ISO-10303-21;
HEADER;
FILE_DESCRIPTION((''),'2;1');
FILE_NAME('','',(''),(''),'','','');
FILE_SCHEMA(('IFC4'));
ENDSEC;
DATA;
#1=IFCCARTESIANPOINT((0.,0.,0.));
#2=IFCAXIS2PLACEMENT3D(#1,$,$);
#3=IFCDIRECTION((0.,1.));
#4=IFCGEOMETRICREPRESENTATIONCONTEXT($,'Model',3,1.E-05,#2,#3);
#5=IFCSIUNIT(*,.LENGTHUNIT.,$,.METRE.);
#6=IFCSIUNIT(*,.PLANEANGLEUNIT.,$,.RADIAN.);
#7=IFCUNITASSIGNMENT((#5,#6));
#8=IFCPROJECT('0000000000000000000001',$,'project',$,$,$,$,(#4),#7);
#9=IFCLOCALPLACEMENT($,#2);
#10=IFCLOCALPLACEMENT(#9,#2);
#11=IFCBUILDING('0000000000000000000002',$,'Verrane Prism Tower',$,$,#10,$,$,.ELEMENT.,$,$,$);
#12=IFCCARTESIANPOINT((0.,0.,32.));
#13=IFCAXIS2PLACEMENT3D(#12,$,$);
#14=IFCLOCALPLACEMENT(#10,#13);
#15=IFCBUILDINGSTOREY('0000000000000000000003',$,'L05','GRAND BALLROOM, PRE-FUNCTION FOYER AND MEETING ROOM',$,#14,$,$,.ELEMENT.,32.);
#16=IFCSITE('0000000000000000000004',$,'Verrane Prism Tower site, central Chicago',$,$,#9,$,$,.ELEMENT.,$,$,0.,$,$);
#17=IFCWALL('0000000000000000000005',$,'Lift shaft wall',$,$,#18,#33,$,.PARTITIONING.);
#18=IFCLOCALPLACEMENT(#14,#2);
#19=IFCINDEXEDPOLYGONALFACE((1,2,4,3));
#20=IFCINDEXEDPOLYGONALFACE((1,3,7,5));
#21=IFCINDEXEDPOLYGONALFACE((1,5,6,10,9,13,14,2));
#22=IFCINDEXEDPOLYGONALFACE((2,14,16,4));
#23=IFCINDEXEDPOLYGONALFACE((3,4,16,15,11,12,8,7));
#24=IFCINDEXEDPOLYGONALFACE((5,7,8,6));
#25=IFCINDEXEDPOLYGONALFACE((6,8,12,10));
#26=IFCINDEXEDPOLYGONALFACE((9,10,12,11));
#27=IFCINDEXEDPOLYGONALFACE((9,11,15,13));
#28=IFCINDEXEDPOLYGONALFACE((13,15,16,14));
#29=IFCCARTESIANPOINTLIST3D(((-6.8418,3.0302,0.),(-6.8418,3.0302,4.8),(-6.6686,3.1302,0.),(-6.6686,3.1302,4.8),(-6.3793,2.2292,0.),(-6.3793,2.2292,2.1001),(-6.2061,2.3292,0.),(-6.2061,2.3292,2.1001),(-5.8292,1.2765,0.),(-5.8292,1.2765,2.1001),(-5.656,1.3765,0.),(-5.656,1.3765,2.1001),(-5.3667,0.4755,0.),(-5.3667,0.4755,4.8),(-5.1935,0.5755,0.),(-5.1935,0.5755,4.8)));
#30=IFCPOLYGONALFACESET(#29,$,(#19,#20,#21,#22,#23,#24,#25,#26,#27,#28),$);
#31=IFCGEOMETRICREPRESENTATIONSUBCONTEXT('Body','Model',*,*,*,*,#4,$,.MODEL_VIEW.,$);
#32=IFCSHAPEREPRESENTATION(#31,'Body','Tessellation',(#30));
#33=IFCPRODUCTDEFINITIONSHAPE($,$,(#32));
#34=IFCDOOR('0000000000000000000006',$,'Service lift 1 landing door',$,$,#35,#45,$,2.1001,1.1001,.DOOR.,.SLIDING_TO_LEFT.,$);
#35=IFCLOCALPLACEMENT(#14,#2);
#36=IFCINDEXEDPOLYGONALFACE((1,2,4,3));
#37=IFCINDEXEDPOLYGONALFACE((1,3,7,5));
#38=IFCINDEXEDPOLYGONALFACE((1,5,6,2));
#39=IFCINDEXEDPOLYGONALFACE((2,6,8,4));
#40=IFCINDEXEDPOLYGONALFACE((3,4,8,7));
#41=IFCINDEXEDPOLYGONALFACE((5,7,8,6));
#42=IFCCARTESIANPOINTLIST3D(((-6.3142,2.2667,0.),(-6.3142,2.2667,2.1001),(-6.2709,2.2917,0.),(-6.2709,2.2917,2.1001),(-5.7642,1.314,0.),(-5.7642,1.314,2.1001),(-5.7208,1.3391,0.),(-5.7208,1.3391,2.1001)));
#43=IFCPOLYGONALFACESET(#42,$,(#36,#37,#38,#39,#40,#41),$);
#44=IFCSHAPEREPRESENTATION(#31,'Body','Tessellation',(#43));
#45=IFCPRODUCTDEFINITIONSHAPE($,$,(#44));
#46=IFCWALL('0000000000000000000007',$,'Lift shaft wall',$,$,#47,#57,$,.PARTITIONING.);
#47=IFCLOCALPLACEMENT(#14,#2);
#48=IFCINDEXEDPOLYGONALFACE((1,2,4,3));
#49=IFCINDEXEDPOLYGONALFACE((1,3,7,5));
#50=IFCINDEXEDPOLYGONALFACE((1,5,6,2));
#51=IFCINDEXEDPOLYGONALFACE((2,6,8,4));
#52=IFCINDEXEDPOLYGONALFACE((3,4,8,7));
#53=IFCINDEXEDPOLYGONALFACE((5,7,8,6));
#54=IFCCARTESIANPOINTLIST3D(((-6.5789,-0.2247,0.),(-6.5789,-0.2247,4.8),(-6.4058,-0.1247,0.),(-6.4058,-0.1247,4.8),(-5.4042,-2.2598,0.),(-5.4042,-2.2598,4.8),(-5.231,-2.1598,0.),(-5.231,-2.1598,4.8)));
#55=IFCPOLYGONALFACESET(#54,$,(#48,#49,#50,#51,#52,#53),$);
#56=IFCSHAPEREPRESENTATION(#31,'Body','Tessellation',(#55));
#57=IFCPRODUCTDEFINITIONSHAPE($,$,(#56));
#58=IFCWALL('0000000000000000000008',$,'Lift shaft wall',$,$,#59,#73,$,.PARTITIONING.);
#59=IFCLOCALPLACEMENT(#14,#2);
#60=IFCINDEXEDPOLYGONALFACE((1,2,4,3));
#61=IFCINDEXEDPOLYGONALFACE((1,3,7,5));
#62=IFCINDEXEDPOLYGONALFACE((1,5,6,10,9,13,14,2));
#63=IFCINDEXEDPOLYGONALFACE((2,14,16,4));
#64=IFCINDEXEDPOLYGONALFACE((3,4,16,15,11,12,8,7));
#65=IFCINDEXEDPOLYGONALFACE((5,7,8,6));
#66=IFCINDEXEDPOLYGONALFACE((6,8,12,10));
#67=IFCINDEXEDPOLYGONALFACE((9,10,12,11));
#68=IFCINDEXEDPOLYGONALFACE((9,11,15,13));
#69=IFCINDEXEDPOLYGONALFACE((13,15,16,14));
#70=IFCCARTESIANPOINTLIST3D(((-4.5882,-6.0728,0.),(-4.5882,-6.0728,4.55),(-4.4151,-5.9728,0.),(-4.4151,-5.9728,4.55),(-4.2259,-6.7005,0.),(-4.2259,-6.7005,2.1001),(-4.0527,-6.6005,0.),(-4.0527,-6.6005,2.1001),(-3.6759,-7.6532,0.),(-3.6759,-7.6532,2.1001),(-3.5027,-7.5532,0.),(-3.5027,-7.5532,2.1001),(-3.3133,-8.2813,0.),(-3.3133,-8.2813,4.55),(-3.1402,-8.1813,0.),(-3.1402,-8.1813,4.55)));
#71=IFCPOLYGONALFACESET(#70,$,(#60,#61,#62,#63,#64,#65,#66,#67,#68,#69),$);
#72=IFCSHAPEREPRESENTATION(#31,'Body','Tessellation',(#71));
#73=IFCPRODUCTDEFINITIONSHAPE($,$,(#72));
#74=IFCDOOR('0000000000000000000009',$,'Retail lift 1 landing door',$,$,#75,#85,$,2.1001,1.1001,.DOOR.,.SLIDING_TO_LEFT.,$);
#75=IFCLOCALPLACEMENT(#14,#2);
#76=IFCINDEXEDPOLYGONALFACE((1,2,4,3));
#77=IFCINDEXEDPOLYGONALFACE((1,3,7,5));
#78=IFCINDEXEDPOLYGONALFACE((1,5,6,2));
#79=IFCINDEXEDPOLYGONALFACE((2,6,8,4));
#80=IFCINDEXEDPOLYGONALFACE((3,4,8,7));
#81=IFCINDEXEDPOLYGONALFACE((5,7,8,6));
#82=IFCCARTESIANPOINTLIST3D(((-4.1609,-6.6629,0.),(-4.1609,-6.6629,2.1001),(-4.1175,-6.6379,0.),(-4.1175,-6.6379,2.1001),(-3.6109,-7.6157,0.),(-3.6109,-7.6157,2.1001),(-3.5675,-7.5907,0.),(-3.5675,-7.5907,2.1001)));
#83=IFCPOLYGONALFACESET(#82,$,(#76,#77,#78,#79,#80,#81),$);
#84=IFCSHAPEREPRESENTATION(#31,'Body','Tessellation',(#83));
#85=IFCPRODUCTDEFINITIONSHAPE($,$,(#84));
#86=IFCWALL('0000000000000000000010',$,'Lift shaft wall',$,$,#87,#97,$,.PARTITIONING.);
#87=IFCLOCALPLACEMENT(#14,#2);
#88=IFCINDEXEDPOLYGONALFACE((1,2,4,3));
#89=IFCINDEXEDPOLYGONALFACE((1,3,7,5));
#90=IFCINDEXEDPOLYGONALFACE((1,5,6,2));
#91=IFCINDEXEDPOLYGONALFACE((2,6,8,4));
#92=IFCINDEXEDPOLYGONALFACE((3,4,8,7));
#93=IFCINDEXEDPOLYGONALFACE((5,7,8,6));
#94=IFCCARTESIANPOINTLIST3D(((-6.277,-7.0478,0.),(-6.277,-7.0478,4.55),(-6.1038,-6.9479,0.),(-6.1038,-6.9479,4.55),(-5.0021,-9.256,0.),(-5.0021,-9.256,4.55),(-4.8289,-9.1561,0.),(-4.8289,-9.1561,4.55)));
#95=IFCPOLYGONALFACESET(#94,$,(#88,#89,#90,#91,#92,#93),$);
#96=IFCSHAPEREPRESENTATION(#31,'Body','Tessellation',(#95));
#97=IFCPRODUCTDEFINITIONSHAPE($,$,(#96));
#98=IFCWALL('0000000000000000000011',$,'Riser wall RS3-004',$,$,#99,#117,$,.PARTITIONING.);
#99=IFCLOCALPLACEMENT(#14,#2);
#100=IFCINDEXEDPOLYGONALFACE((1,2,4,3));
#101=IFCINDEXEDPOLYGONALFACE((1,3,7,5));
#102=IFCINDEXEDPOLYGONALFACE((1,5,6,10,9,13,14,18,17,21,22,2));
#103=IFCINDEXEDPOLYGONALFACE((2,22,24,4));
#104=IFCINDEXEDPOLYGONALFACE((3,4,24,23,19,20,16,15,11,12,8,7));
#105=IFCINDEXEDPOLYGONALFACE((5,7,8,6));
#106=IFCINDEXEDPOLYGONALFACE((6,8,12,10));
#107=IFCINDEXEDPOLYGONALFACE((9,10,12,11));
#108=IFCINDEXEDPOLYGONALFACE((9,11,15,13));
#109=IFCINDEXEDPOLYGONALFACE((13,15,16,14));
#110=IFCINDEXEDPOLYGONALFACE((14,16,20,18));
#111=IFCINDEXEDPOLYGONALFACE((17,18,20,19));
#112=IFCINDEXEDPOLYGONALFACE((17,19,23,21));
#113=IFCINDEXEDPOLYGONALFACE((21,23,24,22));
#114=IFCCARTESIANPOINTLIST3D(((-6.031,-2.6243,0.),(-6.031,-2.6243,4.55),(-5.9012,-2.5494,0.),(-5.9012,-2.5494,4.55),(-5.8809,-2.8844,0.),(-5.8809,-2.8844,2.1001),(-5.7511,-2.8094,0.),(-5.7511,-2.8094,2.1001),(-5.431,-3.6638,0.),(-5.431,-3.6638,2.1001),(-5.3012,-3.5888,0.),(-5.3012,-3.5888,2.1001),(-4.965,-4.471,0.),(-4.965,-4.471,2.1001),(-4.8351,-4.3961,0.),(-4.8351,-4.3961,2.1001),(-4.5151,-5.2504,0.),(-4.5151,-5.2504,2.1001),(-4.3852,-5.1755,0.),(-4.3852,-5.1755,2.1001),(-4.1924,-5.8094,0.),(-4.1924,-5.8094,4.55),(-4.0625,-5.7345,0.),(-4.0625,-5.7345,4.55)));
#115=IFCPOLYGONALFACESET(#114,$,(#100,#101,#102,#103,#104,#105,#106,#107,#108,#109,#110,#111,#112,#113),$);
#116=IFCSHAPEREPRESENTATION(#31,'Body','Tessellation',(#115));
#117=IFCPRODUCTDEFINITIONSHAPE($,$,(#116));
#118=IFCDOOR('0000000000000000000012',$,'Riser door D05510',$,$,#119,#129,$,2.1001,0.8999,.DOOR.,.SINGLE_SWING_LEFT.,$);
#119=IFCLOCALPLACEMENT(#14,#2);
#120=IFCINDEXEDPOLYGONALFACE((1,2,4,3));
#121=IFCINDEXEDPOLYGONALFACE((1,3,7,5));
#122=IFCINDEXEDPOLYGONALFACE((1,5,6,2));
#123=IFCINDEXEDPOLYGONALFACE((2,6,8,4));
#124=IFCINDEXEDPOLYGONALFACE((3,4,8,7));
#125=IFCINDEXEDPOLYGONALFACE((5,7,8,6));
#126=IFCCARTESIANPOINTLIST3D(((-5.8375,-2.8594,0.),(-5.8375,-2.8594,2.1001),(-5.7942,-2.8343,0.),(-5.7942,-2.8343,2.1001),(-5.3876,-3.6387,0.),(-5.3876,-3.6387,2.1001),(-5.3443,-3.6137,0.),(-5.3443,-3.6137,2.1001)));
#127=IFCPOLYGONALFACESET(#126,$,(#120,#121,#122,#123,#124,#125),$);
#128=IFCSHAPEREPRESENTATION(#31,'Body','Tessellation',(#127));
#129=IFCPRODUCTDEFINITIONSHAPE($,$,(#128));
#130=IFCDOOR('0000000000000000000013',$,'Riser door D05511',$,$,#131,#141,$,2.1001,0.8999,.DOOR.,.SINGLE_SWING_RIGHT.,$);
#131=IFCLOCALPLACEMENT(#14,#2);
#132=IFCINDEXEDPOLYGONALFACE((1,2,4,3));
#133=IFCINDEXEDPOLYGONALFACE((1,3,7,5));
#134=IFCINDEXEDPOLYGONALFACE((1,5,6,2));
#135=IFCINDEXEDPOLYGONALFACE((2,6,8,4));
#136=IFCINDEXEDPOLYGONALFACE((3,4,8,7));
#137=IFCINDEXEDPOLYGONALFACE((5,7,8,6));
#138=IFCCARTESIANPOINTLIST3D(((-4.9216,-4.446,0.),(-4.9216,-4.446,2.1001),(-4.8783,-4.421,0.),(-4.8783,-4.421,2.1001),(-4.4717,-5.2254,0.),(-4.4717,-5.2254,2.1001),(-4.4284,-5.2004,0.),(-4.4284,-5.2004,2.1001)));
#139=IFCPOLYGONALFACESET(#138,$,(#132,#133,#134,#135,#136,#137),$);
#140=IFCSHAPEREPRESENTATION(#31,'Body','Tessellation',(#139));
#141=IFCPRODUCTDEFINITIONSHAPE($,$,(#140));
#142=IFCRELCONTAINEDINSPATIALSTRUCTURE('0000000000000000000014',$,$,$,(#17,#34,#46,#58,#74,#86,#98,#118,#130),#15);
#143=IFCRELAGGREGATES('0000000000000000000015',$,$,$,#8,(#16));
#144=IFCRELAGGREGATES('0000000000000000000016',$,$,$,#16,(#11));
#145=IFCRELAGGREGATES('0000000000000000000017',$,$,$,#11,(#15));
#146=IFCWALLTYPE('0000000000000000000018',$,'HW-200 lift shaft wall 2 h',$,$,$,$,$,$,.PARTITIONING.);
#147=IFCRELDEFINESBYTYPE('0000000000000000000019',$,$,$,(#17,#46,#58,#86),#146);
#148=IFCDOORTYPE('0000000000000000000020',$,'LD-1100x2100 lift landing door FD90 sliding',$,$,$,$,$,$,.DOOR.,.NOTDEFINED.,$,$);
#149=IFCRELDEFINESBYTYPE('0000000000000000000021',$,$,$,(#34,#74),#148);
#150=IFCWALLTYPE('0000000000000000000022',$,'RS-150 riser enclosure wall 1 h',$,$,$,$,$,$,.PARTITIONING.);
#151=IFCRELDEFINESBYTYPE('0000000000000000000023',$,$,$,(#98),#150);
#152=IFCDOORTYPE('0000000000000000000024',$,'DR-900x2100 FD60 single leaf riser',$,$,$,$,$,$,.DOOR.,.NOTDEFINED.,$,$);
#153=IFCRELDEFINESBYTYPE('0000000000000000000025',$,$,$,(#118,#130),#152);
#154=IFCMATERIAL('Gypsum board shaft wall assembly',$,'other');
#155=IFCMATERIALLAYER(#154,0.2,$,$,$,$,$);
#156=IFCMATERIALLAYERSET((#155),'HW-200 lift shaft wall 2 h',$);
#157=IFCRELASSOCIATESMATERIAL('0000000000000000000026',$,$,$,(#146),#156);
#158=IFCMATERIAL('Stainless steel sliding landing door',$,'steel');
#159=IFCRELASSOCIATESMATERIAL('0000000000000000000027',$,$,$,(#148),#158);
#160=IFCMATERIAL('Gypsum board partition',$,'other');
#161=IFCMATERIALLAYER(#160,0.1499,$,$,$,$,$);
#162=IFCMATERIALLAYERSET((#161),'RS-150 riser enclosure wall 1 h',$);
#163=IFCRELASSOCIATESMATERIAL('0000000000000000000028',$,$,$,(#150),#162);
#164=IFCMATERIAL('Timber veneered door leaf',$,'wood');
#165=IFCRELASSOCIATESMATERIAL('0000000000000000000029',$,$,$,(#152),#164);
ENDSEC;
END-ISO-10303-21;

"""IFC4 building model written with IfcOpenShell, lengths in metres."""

from ifc_helpers import new_model, si_unit, direction, frame, frame_2d, origin, place, context, subcontext, project, spatial, rectangle, extrude, material, layer, layer_set, type_object, element, fill, save


model = new_model("IFC4")

# Units and contexts
model_context = context("Model", 3, precision=1e-05, world=origin(), true_north=direction((0.0, 1.0)))
body_context = subcontext(model_context, "Body", "Model", "MODEL_VIEW")
ifc_project = project(units=[si_unit("LENGTHUNIT", "METRE"), si_unit("PLANEANGLEUNIT", "RADIAN")], contexts=[model_context])

# Site, building, storey
site_placement = place(None, origin())
site = spatial("IfcSite", under=ifc_project, at=site_placement, Name="Verrane Prism Tower site, central Chicago", CompositionType="ELEMENT", RefElevation=0.0)
building_placement = place(site_placement, origin())
building = spatial("IfcBuilding", under=site, at=building_placement, Name="Verrane Prism Tower", CompositionType="ELEMENT")
storey_placement = place(building_placement, frame((0.0, 0.0, 32.0)))
storey = spatial("IfcBuildingStorey", under=building, at=storey_placement, Name="L05", Description="GRAND BALLROOM, PRE-FUNCTION FOYER AND MEETING ROOM", CompositionType="ELEMENT", Elevation=32.0)

# Shared definitions
ifc_material_1 = material(Name="Gypsum board shaft wall assembly", Category="other")
ifc_layer_1 = layer(ifc_material_1, 0.2)
ifc_layer_set_1 = layer_set([ifc_layer_1], Name="HW-200 lift shaft wall 2 h")
wall_type_1 = type_object("IfcWallType", Name="HW-200 lift shaft wall 2 h", PredefinedType="PARTITIONING", material=ifc_layer_set_1)

# Wall, opening, door
wall_1_placement = place(storey_placement, frame((-5.28, 0.5254, 0.0), z_axis=(0.0, 0.0, 1.0), x_axis=(-0.500038, 0.866004, 0.0)))
wall_1 = element("IfcWall", 1, at=wall_1_placement, inside=storey, type_object=wall_type_1, Name="Lift shaft wall", PredefinedType="PARTITIONING", context=body_context, shape_type="SweptSolid", body=[
    extrude(rectangle(XDim=2.95, YDim=0.2, at=frame_2d((1.4751, 0.0))), origin(), (0.0, 0.0, 1.0), 4.8),
])
opening_1_placement = place(wall_1_placement, frame((0.925, 0.0, 0.0)))
opening_1 = element("IfcOpeningElement", 2, at=opening_1_placement, cuts=wall_1, PredefinedType="OPENING", context=body_context, shape_type="SweptSolid", body=[
    extrude(rectangle(XDim=1.1001, YDim=2.1001, at=frame_2d((0.55, 1.05))), frame((0.0, 0.1099, 0.0), z_axis=(0.0, -1.0, 0.0), x_axis=(1.0, 0.0, 0.0)), (0.0, 0.0, 1.0), 0.22),
])
ifc_material_2 = material(Name="Stainless steel sliding landing door", Category="steel")
door_type_1 = type_object("IfcDoorType", Name="LD-1100x2100 lift landing door FD90 sliding", OperationType="NOTDEFINED", PredefinedType="DOOR", material=ifc_material_2)
door_1_placement = place(opening_1_placement, origin())
door_1 = element("IfcDoor", 3, at=door_1_placement, inside=storey, type_object=door_type_1, Name="Service lift 1 landing door", OperationType="SLIDING_TO_LEFT", OverallHeight=2.1001, OverallWidth=1.1001, PredefinedType="DOOR", context=body_context, shape_type="SweptSolid", body=[
    extrude(rectangle(XDim=1.1001, YDim=2.1001, at=frame_2d((0.55, 1.05))), frame((0.0, 0.0249, 0.0), z_axis=(0.0, -1.0, 0.0), x_axis=(1.0, 0.0, 0.0)), (0.0, 0.0, 1.0), 0.05),
])
fill(opening_1, door_1)

# Wall
wall_2_placement = place(storey_placement, frame((-5.3176, -2.2097, 0.0), z_axis=(0.0, 0.0, 1.0), x_axis=(-0.499938, 0.866061, 0.0)))
element("IfcWall", 4, at=wall_2_placement, inside=storey, type_object=wall_type_1, Name="Lift shaft wall", PredefinedType="PARTITIONING", context=body_context, shape_type="SweptSolid", body=[
    extrude(rectangle(XDim=2.3499, YDim=0.2, at=frame_2d((1.1748, 0.0))), origin(), (0.0, 0.0, 1.0), 4.8),
])

# Wall, opening, door
wall_3_placement = place(storey_placement, frame((-3.2268, -8.2312, 0.0), z_axis=(0.0, 0.0, 1.0), x_axis=(-0.499949, 0.866055, 0.0)))
wall_3 = element("IfcWall", 5, at=wall_3_placement, inside=storey, type_object=wall_type_1, Name="Lift shaft wall", PredefinedType="PARTITIONING", context=body_context, shape_type="SweptSolid", body=[
    extrude(rectangle(XDim=2.55, YDim=0.2, at=frame_2d((1.2749, 0.0))), origin(), (0.0, 0.0, 1.0), 4.55),
])
opening_2_placement = place(wall_3_placement, frame((0.7251, 0.0, 0.0)))
opening_2 = element("IfcOpeningElement", 6, at=opening_2_placement, cuts=wall_3, PredefinedType="OPENING", context=body_context, shape_type="SweptSolid", body=[
    extrude(rectangle(XDim=1.1001, YDim=2.1001, at=frame_2d((0.55, 1.05))), frame((0.0, 0.1099, 0.0), z_axis=(0.0, -1.0, 0.0), x_axis=(1.0, 0.0, 0.0)), (0.0, 0.0, 1.0), 0.22),
])
door_2_placement = place(opening_2_placement, origin())
door_2 = element("IfcDoor", 7, at=door_2_placement, inside=storey, type_object=door_type_1, Name="Retail lift 1 landing door", OperationType="SLIDING_TO_LEFT", OverallHeight=2.1001, OverallWidth=1.1001, PredefinedType="DOOR", context=body_context, shape_type="SweptSolid", body=[
    extrude(rectangle(XDim=1.1001, YDim=2.1001, at=frame_2d((0.55, 1.05))), frame((0.0, 0.0249, 0.0), z_axis=(0.0, -1.0, 0.0), x_axis=(1.0, 0.0, 0.0)), (0.0, 0.0, 1.0), 0.05),
])
fill(opening_2, door_2)

# Wall
wall_4_placement = place(storey_placement, frame((-4.9155, -9.2061, 0.0), z_axis=(0.0, 0.0, 1.0), x_axis=(-0.49999, 0.866031, 0.0)))
element("IfcWall", 8, at=wall_4_placement, inside=storey, type_object=wall_type_1, Name="Lift shaft wall", PredefinedType="PARTITIONING", context=body_context, shape_type="SweptSolid", body=[
    extrude(rectangle(XDim=2.5498, YDim=0.2, at=frame_2d((1.2749, 0.0))), origin(), (0.0, 0.0, 1.0), 4.55),
])

# Wall, openings, doors
ifc_material_3 = material(Name="Gypsum board partition", Category="other")
ifc_layer_2 = layer(ifc_material_3, 0.1499)
ifc_layer_set_2 = layer_set([ifc_layer_2], Name="RS-150 riser enclosure wall 1 h")
wall_type_2 = type_object("IfcWallType", Name="RS-150 riser enclosure wall 1 h", PredefinedType="PARTITIONING", material=ifc_layer_set_2)
wall_5_placement = place(storey_placement, frame((-4.1274, -5.772, 0.0), z_axis=(0.0, 0.0, 1.0), x_axis=(-0.499945, 0.866057, 0.0)))
wall_5 = element("IfcWall", 9, at=wall_5_placement, inside=storey, type_object=wall_type_2, Name="Riser wall RS3-004", PredefinedType="PARTITIONING", context=body_context, shape_type="SweptSolid", body=[
    extrude(rectangle(XDim=3.6777, YDim=0.1499, at=frame_2d((1.8389, 0.0))), origin(), (0.0, 0.0, 1.0), 4.55),
])
opening_3_placement = place(wall_5_placement, frame((2.4775, 0.0, 0.0)))
opening_3 = element("IfcOpeningElement", 10, at=opening_3_placement, cuts=wall_5, PredefinedType="OPENING", context=body_context, shape_type="SweptSolid", body=[
    extrude(rectangle(XDim=0.8999, YDim=2.1001, at=frame_2d((0.45, 1.05))), frame((0.0, 0.085, 0.0), z_axis=(0.0, -1.0, 0.0), x_axis=(1.0, 0.0, 0.0)), (0.0, 0.0, 1.0), 0.1699),
])
opening_4_placement = place(wall_5_placement, frame((0.6455, 0.0, 0.0)))
opening_4 = element("IfcOpeningElement", 11, at=opening_4_placement, cuts=wall_5, PredefinedType="OPENING", context=body_context, shape_type="SweptSolid", body=[
    extrude(rectangle(XDim=0.8999, YDim=2.1001, at=frame_2d((0.45, 1.05))), frame((0.0, 0.085, 0.0), z_axis=(0.0, -1.0, 0.0), x_axis=(1.0, 0.0, 0.0)), (0.0, 0.0, 1.0), 0.1699),
])
ifc_material_4 = material(Name="Timber veneered door leaf", Category="wood")
door_type_2 = type_object("IfcDoorType", Name="DR-900x2100 FD60 single leaf riser", OperationType="NOTDEFINED", PredefinedType="DOOR", material=ifc_material_4)
door_3_placement = place(opening_3_placement, origin())
door_3 = element("IfcDoor", 12, at=door_3_placement, inside=storey, type_object=door_type_2, Name="Riser door D05510", OperationType="SINGLE_SWING_LEFT", OverallHeight=2.1001, OverallWidth=0.8999, PredefinedType="DOOR", context=body_context, shape_type="SweptSolid", body=[
    extrude(rectangle(XDim=0.8999, YDim=2.1001, at=frame_2d((0.45, 1.05))), frame((0.0, 0.0249, 0.0), z_axis=(0.0, -1.0, 0.0), x_axis=(1.0, 0.0, 0.0)), (0.0, 0.0, 1.0), 0.05),
])
fill(opening_3, door_3)
door_4_placement = place(opening_4_placement, origin())
door_4 = element("IfcDoor", 13, at=door_4_placement, inside=storey, type_object=door_type_2, Name="Riser door D05511", OperationType="SINGLE_SWING_RIGHT", OverallHeight=2.1001, OverallWidth=0.8999, PredefinedType="DOOR", context=body_context, shape_type="SweptSolid", body=[
    extrude(rectangle(XDim=0.8999, YDim=2.1001, at=frame_2d((0.45, 1.05))), frame((0.0, 0.0249, 0.0), z_axis=(0.0, -1.0, 0.0), x_axis=(1.0, 0.0, 0.0)), (0.0, 0.0, 1.0), 0.05),
])
fill(opening_4, door_4)

save(model, "model.ifc")
